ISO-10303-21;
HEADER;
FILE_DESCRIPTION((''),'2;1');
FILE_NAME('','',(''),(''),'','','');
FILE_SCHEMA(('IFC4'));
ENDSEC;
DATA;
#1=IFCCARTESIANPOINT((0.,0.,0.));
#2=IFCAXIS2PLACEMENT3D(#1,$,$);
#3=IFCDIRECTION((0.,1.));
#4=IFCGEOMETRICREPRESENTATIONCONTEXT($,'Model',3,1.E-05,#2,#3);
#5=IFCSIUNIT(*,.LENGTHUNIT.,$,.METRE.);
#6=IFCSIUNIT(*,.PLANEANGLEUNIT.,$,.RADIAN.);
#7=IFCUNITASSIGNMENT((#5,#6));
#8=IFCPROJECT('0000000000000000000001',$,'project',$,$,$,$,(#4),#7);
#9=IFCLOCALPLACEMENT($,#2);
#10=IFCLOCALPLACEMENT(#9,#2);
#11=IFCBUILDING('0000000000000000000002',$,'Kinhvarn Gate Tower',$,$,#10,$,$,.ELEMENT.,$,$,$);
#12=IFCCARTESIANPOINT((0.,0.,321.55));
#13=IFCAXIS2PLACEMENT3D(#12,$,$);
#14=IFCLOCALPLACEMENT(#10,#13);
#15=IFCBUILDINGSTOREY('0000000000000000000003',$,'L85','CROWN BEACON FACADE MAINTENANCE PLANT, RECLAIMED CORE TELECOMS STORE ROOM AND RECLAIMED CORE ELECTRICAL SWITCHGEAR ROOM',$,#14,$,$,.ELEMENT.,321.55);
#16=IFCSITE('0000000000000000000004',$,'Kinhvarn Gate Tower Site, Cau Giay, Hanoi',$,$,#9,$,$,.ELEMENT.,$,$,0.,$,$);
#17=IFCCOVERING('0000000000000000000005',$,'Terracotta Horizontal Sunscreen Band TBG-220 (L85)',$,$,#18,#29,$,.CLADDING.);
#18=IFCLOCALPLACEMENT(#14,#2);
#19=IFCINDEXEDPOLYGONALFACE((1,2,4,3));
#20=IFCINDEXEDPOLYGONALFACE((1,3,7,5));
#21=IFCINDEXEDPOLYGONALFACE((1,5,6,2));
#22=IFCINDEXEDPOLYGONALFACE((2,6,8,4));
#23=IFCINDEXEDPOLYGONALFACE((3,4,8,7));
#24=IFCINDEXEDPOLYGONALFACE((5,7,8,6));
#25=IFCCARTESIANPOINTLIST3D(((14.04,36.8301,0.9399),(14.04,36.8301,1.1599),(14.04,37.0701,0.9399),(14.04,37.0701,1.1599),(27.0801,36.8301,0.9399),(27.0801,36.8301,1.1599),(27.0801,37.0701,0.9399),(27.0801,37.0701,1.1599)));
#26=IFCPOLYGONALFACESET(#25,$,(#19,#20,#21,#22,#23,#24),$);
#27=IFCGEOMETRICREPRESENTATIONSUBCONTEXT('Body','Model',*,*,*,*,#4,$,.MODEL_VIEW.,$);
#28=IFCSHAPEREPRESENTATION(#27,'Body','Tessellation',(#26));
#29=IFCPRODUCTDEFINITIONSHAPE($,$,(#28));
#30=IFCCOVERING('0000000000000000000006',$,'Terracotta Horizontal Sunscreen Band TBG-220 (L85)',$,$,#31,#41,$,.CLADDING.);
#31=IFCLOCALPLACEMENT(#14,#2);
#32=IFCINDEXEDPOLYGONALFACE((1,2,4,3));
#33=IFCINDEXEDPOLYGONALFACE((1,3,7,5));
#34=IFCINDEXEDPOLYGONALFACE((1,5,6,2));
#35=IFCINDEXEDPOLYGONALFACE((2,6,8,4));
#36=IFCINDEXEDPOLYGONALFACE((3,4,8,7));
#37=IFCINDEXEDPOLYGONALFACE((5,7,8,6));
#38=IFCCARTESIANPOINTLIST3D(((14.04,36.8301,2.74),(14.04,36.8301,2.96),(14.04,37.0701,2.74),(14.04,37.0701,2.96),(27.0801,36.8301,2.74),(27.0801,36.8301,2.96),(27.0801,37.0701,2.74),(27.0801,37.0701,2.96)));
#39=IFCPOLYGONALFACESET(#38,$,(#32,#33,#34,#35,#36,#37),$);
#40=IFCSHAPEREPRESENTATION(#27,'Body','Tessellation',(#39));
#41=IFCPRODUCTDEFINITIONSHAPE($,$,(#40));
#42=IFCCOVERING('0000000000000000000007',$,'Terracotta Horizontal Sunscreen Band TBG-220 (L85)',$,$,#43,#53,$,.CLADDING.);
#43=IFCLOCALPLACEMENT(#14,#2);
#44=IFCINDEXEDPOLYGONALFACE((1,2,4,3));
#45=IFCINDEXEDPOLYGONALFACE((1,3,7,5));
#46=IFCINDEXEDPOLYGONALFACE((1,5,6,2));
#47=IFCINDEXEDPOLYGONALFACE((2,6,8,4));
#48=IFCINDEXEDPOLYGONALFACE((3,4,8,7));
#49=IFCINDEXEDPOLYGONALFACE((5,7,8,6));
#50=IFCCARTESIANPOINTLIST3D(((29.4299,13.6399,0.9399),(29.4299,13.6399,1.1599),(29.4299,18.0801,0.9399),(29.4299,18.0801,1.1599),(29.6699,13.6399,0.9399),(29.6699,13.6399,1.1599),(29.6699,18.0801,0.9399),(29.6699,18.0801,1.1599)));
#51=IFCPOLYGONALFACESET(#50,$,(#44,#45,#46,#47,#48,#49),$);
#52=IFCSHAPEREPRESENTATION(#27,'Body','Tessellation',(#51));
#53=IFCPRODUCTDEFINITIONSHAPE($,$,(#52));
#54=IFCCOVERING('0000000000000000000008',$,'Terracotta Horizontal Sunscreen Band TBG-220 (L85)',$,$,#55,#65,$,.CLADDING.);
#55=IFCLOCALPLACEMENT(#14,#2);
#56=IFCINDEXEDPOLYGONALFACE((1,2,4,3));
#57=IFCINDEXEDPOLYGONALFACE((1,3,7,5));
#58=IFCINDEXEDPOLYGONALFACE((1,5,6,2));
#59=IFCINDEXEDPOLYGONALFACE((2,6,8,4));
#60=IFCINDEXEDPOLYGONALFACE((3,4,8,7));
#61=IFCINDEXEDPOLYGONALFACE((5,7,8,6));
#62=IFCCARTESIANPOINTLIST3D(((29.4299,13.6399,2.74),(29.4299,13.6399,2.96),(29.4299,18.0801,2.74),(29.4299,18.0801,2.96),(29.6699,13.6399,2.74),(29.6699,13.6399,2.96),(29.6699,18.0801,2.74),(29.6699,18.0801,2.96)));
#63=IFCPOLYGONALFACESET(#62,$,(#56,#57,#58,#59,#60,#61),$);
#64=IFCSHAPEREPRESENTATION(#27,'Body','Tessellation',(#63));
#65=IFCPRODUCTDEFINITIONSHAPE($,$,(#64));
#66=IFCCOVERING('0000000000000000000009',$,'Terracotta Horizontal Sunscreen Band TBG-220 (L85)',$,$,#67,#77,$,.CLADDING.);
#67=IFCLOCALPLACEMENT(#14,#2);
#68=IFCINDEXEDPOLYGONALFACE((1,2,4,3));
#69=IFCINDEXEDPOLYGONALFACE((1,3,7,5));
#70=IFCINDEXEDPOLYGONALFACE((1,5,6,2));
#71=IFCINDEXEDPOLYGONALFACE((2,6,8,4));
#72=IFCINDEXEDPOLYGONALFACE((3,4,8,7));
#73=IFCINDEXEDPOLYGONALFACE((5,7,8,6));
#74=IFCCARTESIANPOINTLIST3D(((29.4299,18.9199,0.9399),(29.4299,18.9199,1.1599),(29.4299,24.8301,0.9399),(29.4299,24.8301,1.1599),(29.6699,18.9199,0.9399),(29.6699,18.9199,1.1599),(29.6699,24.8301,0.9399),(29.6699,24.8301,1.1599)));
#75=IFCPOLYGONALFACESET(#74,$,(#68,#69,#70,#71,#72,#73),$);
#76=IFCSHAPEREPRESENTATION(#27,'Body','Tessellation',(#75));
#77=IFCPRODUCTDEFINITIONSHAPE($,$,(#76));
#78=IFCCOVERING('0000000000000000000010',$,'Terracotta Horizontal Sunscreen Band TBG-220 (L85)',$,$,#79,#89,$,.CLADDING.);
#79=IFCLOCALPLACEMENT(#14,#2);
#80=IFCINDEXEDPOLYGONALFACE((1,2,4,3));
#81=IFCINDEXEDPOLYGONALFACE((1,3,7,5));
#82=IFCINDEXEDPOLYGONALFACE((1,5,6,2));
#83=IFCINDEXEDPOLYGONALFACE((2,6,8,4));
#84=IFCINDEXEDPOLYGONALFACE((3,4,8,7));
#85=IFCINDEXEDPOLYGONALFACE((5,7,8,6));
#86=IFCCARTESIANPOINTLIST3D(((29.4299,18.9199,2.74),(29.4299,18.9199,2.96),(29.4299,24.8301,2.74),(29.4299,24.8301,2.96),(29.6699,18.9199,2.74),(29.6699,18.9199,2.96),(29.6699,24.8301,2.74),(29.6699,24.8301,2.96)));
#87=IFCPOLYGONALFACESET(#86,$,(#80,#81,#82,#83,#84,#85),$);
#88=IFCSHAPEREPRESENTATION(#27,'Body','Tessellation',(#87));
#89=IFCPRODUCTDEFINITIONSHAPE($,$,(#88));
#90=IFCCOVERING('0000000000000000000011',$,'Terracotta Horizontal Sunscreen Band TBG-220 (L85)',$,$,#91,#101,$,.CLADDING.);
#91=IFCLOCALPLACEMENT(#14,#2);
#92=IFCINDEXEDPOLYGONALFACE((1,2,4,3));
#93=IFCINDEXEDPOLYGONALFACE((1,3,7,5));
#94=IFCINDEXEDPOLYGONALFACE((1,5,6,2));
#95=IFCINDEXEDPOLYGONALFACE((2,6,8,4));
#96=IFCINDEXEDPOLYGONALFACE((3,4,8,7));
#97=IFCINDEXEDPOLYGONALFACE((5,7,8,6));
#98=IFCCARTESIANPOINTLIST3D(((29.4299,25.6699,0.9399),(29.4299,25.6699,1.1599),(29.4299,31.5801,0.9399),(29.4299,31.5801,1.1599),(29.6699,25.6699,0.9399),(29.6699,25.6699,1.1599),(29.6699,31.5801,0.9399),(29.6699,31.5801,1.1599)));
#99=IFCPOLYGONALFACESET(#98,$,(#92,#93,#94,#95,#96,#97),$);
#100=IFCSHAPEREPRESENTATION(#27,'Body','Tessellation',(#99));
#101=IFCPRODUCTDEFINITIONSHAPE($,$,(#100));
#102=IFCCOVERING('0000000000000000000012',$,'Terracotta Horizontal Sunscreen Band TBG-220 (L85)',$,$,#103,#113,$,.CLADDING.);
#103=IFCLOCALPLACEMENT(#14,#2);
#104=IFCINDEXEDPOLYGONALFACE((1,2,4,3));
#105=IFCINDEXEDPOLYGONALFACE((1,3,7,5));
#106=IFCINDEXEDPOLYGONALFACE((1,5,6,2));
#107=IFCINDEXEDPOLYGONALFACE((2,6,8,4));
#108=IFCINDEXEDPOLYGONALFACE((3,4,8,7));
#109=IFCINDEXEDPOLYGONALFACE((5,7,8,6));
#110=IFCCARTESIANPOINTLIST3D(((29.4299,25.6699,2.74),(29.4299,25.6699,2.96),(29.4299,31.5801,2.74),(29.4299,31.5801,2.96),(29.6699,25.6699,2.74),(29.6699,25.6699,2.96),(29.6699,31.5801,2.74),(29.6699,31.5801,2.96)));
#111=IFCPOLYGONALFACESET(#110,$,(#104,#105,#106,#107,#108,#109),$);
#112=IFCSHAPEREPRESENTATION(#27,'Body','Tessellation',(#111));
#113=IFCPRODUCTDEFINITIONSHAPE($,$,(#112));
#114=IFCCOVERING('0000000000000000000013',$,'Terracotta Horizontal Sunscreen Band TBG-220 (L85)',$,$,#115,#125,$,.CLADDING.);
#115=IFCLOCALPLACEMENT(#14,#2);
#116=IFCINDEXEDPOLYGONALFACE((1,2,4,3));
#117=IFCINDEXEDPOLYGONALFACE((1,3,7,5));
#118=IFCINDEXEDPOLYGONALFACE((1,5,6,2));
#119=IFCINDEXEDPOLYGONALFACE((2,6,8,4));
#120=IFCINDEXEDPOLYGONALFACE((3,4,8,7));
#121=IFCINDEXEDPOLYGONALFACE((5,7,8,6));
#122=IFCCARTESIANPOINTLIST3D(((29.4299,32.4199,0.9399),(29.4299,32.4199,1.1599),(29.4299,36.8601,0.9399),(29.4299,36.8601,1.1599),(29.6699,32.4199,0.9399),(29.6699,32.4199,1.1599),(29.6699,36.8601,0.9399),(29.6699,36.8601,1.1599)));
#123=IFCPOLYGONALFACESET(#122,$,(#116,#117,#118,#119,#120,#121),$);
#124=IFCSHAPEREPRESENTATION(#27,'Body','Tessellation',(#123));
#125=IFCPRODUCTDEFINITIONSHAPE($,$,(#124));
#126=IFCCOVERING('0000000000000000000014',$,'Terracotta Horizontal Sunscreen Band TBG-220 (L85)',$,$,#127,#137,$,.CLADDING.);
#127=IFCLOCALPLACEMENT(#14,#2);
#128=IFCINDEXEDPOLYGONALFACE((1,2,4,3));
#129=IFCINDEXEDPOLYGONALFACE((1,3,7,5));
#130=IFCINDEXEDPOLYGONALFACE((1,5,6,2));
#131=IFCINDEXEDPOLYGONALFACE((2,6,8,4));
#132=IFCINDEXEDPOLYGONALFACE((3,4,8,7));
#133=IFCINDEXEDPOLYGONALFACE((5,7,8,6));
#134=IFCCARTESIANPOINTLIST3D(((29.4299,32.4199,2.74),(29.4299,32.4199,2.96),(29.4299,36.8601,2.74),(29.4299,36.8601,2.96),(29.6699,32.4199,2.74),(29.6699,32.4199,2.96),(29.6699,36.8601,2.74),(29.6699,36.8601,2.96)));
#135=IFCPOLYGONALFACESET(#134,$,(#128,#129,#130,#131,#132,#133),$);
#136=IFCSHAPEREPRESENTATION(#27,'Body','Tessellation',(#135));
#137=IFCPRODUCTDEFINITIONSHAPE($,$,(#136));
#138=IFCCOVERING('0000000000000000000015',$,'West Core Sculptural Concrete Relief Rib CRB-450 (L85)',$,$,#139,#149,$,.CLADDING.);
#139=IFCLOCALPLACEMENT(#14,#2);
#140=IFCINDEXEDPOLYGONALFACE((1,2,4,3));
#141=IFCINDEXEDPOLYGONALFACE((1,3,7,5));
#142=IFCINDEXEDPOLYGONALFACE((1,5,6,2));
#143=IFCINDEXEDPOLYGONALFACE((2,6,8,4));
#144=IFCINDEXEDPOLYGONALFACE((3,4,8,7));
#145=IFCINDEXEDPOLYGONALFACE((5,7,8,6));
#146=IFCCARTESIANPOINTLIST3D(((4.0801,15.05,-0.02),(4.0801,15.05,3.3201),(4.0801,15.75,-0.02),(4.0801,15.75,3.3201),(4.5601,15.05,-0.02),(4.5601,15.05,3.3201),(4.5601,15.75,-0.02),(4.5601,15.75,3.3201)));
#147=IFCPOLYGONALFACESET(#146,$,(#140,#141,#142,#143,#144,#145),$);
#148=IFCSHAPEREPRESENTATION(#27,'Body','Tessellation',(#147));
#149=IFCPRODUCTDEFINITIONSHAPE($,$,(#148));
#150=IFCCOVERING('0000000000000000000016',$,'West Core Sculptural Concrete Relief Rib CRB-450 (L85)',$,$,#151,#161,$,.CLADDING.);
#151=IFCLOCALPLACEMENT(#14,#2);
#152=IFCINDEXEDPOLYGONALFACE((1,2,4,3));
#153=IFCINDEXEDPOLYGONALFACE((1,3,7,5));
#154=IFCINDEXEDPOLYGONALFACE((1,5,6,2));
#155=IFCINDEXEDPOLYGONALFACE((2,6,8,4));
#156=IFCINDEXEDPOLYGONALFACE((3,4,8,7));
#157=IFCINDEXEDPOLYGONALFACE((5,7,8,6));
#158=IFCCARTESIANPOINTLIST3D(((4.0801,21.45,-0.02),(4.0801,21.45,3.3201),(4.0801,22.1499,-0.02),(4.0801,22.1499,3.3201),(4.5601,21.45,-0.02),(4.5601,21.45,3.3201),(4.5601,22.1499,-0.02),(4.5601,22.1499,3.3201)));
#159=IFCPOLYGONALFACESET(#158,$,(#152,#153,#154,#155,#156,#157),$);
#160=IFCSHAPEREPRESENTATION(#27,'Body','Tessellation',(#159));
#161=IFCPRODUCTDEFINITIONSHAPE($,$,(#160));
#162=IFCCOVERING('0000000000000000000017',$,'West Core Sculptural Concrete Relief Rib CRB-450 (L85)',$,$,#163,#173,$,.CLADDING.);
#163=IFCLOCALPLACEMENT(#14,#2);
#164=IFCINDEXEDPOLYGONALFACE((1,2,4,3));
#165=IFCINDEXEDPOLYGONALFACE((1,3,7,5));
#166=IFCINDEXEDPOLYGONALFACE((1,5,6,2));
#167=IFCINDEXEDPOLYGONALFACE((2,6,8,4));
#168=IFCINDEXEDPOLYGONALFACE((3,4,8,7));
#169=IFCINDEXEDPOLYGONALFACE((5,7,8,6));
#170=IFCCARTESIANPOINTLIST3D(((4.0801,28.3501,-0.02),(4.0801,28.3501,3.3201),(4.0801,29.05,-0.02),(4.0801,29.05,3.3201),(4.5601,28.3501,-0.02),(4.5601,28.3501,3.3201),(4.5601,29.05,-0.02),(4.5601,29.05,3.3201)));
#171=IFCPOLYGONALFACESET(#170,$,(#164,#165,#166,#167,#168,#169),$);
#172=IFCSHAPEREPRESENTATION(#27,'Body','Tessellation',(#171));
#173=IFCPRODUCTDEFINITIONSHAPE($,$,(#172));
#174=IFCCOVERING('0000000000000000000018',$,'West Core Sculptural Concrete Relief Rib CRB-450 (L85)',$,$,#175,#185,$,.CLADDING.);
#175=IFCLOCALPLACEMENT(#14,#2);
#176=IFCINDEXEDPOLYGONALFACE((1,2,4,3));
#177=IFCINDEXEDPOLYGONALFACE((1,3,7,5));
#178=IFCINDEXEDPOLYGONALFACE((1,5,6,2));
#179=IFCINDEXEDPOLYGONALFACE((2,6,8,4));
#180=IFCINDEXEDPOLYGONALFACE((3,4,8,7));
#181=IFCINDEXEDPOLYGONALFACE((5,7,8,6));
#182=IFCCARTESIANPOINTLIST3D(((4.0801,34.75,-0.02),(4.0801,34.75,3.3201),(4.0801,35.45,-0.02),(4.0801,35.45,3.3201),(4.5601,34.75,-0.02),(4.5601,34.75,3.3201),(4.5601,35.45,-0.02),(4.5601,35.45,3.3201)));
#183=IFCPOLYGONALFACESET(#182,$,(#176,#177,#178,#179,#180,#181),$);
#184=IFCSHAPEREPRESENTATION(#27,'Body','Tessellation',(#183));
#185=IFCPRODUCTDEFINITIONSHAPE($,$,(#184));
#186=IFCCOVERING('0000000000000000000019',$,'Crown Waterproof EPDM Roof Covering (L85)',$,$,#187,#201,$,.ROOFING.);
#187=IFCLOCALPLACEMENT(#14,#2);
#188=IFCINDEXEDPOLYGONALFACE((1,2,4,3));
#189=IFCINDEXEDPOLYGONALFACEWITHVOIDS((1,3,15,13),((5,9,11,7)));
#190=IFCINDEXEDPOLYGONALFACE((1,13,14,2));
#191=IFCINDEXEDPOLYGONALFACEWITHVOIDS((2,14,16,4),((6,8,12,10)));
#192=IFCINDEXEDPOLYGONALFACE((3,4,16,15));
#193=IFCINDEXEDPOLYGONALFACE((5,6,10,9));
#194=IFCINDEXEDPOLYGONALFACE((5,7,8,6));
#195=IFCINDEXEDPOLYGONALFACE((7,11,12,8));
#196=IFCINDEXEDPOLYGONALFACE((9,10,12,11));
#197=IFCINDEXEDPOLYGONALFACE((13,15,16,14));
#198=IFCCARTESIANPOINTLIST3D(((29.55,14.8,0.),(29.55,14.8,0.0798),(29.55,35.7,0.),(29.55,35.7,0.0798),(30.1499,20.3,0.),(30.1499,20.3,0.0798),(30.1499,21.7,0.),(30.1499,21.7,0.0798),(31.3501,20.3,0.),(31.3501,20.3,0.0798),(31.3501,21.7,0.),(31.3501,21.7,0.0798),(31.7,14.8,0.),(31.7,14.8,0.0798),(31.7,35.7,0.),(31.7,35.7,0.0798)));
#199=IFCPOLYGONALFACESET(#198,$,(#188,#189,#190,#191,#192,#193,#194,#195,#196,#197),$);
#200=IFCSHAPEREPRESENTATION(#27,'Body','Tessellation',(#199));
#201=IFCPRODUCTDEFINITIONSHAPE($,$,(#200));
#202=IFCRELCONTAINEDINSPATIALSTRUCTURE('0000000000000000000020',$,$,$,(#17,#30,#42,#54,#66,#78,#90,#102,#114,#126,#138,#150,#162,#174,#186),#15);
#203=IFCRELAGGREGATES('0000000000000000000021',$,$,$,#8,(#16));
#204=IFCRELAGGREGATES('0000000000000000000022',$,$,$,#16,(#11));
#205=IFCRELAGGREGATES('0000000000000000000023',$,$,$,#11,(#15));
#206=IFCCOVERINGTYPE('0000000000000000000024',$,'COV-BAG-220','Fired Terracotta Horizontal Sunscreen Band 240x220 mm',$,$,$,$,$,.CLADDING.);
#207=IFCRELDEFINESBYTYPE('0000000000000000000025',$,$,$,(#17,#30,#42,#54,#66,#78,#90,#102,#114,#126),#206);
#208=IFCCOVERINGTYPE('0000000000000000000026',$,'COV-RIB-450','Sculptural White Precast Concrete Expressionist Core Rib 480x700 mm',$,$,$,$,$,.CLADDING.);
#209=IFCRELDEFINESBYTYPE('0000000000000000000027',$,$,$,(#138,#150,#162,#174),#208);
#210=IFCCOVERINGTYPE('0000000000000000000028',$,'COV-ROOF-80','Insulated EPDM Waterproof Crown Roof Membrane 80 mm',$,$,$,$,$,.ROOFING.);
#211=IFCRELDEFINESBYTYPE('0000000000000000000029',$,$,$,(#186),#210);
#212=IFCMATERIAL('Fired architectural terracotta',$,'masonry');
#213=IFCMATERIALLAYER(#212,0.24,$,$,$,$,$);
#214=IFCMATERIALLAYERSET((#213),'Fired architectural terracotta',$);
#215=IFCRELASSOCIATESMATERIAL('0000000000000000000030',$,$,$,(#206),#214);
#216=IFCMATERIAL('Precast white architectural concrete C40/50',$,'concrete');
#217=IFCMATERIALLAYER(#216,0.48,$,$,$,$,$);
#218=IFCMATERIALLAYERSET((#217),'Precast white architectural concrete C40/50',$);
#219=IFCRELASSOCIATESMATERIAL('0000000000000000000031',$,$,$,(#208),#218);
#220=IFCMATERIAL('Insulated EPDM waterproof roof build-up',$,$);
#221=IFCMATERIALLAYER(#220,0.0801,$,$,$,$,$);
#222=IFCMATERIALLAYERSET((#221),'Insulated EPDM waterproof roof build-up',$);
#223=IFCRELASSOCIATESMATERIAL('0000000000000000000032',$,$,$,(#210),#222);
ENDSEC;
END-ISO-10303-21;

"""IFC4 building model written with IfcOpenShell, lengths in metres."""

from ifc_helpers import new_model, si_unit, direction, frame, origin, place, context, subcontext, project, spatial, polyline, outline, extrude, material, layer, layer_set, type_object, element, save


model = new_model("IFC4")

# Units and contexts
model_context = context("Model", 3, precision=1e-05, world=origin(), true_north=direction((0.0, 1.0)))
body_context = subcontext(model_context, "Body", "Model", "MODEL_VIEW")
ifc_project = project(units=[si_unit("LENGTHUNIT", "METRE"), si_unit("PLANEANGLEUNIT", "RADIAN")], contexts=[model_context])

# Site, building, storey
site_placement = place(None, origin())
site = spatial("IfcSite", under=ifc_project, at=site_placement, Name="Kinhvarn Gate Tower Site, Cau Giay, Hanoi", CompositionType="ELEMENT", RefElevation=0.0)
building_placement = place(site_placement, origin())
building = spatial("IfcBuilding", under=site, at=building_placement, Name="Kinhvarn Gate Tower", CompositionType="ELEMENT")
storey_placement = place(building_placement, frame((0.0, 0.0, 321.55)))
storey = spatial("IfcBuildingStorey", under=building, at=storey_placement, Name="L85", Description="CROWN BEACON FACADE MAINTENANCE PLANT, RECLAIMED CORE TELECOMS STORE ROOM AND RECLAIMED CORE ELECTRICAL SWITCHGEAR ROOM", CompositionType="ELEMENT", Elevation=321.55)

# Coverings
ifc_material_1 = material(Name="Fired architectural terracotta", Category="masonry")
ifc_layer_1 = layer(ifc_material_1, 0.24)
ifc_layer_set_1 = layer_set([ifc_layer_1], Name="Fired architectural terracotta")
covering_type_1 = type_object("IfcCoveringType", Name="COV-BAG-220", Description="Fired Terracotta Horizontal Sunscreen Band 240x220 mm", PredefinedType="CLADDING", material=ifc_layer_set_1)
for number, where, name in (
    (1, (0.0, 0.0, 0.9399), "Terracotta Horizontal Sunscreen Band TBG-220 (L85)"),
    (2, (0.0, 0.0, 2.74), "Terracotta Horizontal Sunscreen Band TBG-220 (L85)"),
):
    element("IfcCovering", number, at=place(storey_placement, frame(where)), inside=storey, type_object=covering_type_1, Name=name, PredefinedType="CLADDING", context=body_context, shape_type="SweptSolid", body=[
        extrude(outline(polyline([(27.0801, 36.8301), (14.04, 36.8301), (14.04, 37.0701), (27.0801, 37.0701), (27.0801, 36.8301)])), origin(), (0.0, 0.0, 1.0), 0.22),
    ])
for number, where, name in (
    (3, (0.0, 0.0, 0.9399), "Terracotta Horizontal Sunscreen Band TBG-220 (L85)"),
    (4, (0.0, 0.0, 2.74), "Terracotta Horizontal Sunscreen Band TBG-220 (L85)"),
):
    element("IfcCovering", number, at=place(storey_placement, frame(where)), inside=storey, type_object=covering_type_1, Name=name, PredefinedType="CLADDING", context=body_context, shape_type="SweptSolid", body=[
        extrude(outline(polyline([(29.4299, 13.6399), (29.4299, 18.0801), (29.6699, 18.0801), (29.6699, 13.6399), (29.4299, 13.6399)])), origin(), (0.0, 0.0, 1.0), 0.22),
    ])
for number, where, name in (
    (5, (0.0, 0.0, 0.9399), "Terracotta Horizontal Sunscreen Band TBG-220 (L85)"),
    (6, (0.0, 0.0, 2.74), "Terracotta Horizontal Sunscreen Band TBG-220 (L85)"),
):
    element("IfcCovering", number, at=place(storey_placement, frame(where)), inside=storey, type_object=covering_type_1, Name=name, PredefinedType="CLADDING", context=body_context, shape_type="SweptSolid", body=[
        extrude(outline(polyline([(29.4299, 18.9199), (29.4299, 24.8301), (29.6699, 24.8301), (29.6699, 18.9199), (29.4299, 18.9199)])), origin(), (0.0, 0.0, 1.0), 0.22),
    ])
for number, where, name in (
    (7, (0.0, 0.0, 0.9399), "Terracotta Horizontal Sunscreen Band TBG-220 (L85)"),
    (8, (0.0, 0.0, 2.74), "Terracotta Horizontal Sunscreen Band TBG-220 (L85)"),
):
    element("IfcCovering", number, at=place(storey_placement, frame(where)), inside=storey, type_object=covering_type_1, Name=name, PredefinedType="CLADDING", context=body_context, shape_type="SweptSolid", body=[
        extrude(outline(polyline([(29.4299, 25.6699), (29.4299, 31.5801), (29.6699, 31.5801), (29.6699, 25.6699), (29.4299, 25.6699)])), origin(), (0.0, 0.0, 1.0), 0.22),
    ])
for number, where, name in (
    (9, (0.0, 0.0, 0.9399), "Terracotta Horizontal Sunscreen Band TBG-220 (L85)"),
    (10, (0.0, 0.0, 2.74), "Terracotta Horizontal Sunscreen Band TBG-220 (L85)"),
):
    element("IfcCovering", number, at=place(storey_placement, frame(where)), inside=storey, type_object=covering_type_1, Name=name, PredefinedType="CLADDING", context=body_context, shape_type="SweptSolid", body=[
        extrude(outline(polyline([(29.4299, 32.4199), (29.4299, 36.8601), (29.6699, 36.8601), (29.6699, 32.4199), (29.4299, 32.4199)])), origin(), (0.0, 0.0, 1.0), 0.22),
    ])
ifc_material_2 = material(Name="Precast white architectural concrete C40/50", Category="concrete")
ifc_layer_2 = layer(ifc_material_2, 0.48)
ifc_layer_set_2 = layer_set([ifc_layer_2], Name="Precast white architectural concrete C40/50")
covering_type_2 = type_object("IfcCoveringType", Name="COV-RIB-450", Description="Sculptural White Precast Concrete Expressionist Core Rib 480x700 mm", PredefinedType="CLADDING", material=ifc_layer_set_2)
covering_1_placement = place(storey_placement, frame((0.0, 0.0, -0.02)))
element("IfcCovering", 11, at=covering_1_placement, inside=storey, type_object=covering_type_2, Name="West Core Sculptural Concrete Relief Rib CRB-450 (L85)", PredefinedType="CLADDING", context=body_context, shape_type="SweptSolid", body=[
    extrude(outline(polyline([(4.0801, 15.05), (4.5601, 15.05), (4.5601, 15.75), (4.0801, 15.75), (4.0801, 15.05)])), origin(), (0.0, 0.0, 1.0), 3.3401),
])
covering_2_placement = place(storey_placement, frame((0.0, 0.0, -0.02)))
element("IfcCovering", 12, at=covering_2_placement, inside=storey, type_object=covering_type_2, Name="West Core Sculptural Concrete Relief Rib CRB-450 (L85)", PredefinedType="CLADDING", context=body_context, shape_type="SweptSolid", body=[
    extrude(outline(polyline([(4.0801, 21.45), (4.5601, 21.45), (4.5601, 22.1499), (4.0801, 22.1499), (4.0801, 21.45)])), origin(), (0.0, 0.0, 1.0), 3.3401),
])
covering_3_placement = place(storey_placement, frame((0.0, 0.0, -0.02)))
element("IfcCovering", 13, at=covering_3_placement, inside=storey, type_object=covering_type_2, Name="West Core Sculptural Concrete Relief Rib CRB-450 (L85)", PredefinedType="CLADDING", context=body_context, shape_type="SweptSolid", body=[
    extrude(outline(polyline([(4.0801, 28.3501), (4.5601, 28.3501), (4.5601, 29.05), (4.0801, 29.05), (4.0801, 28.3501)])), origin(), (0.0, 0.0, 1.0), 3.3401),
])
covering_4_placement = place(storey_placement, frame((0.0, 0.0, -0.02)))
element("IfcCovering", 14, at=covering_4_placement, inside=storey, type_object=covering_type_2, Name="West Core Sculptural Concrete Relief Rib CRB-450 (L85)", PredefinedType="CLADDING", context=body_context, shape_type="SweptSolid", body=[
    extrude(outline(polyline([(4.0801, 34.75), (4.5601, 34.75), (4.5601, 35.45), (4.0801, 35.45), (4.0801, 34.75)])), origin(), (0.0, 0.0, 1.0), 3.3401),
])
ifc_material_3 = material(Name="Insulated EPDM waterproof roof build-up")
ifc_layer_3 = layer(ifc_material_3, 0.0801)
ifc_layer_set_3 = layer_set([ifc_layer_3], Name="Insulated EPDM waterproof roof build-up")
covering_type_3 = type_object("IfcCoveringType", Name="COV-ROOF-80", Description="Insulated EPDM Waterproof Crown Roof Membrane 80 mm", PredefinedType="ROOFING", material=ifc_layer_set_3)
covering_5_placement = place(storey_placement, origin())
element("IfcCovering", 15, at=covering_5_placement, inside=storey, type_object=covering_type_3, Name="Crown Waterproof EPDM Roof Covering (L85)", PredefinedType="ROOFING", context=body_context, shape_type="SweptSolid", body=[
    extrude(outline(polyline([(29.55, 14.8), (29.55, 35.7), (31.7, 35.7), (31.7, 14.8), (29.55, 14.8)]), holes=[polyline([(31.3501, 21.7), (30.1499, 21.7), (30.1499, 20.3), (31.3501, 20.3), (31.3501, 21.7)])]), origin(), (0.0, 0.0, 1.0), 0.0798),
])

save(model, "model.ifc")
